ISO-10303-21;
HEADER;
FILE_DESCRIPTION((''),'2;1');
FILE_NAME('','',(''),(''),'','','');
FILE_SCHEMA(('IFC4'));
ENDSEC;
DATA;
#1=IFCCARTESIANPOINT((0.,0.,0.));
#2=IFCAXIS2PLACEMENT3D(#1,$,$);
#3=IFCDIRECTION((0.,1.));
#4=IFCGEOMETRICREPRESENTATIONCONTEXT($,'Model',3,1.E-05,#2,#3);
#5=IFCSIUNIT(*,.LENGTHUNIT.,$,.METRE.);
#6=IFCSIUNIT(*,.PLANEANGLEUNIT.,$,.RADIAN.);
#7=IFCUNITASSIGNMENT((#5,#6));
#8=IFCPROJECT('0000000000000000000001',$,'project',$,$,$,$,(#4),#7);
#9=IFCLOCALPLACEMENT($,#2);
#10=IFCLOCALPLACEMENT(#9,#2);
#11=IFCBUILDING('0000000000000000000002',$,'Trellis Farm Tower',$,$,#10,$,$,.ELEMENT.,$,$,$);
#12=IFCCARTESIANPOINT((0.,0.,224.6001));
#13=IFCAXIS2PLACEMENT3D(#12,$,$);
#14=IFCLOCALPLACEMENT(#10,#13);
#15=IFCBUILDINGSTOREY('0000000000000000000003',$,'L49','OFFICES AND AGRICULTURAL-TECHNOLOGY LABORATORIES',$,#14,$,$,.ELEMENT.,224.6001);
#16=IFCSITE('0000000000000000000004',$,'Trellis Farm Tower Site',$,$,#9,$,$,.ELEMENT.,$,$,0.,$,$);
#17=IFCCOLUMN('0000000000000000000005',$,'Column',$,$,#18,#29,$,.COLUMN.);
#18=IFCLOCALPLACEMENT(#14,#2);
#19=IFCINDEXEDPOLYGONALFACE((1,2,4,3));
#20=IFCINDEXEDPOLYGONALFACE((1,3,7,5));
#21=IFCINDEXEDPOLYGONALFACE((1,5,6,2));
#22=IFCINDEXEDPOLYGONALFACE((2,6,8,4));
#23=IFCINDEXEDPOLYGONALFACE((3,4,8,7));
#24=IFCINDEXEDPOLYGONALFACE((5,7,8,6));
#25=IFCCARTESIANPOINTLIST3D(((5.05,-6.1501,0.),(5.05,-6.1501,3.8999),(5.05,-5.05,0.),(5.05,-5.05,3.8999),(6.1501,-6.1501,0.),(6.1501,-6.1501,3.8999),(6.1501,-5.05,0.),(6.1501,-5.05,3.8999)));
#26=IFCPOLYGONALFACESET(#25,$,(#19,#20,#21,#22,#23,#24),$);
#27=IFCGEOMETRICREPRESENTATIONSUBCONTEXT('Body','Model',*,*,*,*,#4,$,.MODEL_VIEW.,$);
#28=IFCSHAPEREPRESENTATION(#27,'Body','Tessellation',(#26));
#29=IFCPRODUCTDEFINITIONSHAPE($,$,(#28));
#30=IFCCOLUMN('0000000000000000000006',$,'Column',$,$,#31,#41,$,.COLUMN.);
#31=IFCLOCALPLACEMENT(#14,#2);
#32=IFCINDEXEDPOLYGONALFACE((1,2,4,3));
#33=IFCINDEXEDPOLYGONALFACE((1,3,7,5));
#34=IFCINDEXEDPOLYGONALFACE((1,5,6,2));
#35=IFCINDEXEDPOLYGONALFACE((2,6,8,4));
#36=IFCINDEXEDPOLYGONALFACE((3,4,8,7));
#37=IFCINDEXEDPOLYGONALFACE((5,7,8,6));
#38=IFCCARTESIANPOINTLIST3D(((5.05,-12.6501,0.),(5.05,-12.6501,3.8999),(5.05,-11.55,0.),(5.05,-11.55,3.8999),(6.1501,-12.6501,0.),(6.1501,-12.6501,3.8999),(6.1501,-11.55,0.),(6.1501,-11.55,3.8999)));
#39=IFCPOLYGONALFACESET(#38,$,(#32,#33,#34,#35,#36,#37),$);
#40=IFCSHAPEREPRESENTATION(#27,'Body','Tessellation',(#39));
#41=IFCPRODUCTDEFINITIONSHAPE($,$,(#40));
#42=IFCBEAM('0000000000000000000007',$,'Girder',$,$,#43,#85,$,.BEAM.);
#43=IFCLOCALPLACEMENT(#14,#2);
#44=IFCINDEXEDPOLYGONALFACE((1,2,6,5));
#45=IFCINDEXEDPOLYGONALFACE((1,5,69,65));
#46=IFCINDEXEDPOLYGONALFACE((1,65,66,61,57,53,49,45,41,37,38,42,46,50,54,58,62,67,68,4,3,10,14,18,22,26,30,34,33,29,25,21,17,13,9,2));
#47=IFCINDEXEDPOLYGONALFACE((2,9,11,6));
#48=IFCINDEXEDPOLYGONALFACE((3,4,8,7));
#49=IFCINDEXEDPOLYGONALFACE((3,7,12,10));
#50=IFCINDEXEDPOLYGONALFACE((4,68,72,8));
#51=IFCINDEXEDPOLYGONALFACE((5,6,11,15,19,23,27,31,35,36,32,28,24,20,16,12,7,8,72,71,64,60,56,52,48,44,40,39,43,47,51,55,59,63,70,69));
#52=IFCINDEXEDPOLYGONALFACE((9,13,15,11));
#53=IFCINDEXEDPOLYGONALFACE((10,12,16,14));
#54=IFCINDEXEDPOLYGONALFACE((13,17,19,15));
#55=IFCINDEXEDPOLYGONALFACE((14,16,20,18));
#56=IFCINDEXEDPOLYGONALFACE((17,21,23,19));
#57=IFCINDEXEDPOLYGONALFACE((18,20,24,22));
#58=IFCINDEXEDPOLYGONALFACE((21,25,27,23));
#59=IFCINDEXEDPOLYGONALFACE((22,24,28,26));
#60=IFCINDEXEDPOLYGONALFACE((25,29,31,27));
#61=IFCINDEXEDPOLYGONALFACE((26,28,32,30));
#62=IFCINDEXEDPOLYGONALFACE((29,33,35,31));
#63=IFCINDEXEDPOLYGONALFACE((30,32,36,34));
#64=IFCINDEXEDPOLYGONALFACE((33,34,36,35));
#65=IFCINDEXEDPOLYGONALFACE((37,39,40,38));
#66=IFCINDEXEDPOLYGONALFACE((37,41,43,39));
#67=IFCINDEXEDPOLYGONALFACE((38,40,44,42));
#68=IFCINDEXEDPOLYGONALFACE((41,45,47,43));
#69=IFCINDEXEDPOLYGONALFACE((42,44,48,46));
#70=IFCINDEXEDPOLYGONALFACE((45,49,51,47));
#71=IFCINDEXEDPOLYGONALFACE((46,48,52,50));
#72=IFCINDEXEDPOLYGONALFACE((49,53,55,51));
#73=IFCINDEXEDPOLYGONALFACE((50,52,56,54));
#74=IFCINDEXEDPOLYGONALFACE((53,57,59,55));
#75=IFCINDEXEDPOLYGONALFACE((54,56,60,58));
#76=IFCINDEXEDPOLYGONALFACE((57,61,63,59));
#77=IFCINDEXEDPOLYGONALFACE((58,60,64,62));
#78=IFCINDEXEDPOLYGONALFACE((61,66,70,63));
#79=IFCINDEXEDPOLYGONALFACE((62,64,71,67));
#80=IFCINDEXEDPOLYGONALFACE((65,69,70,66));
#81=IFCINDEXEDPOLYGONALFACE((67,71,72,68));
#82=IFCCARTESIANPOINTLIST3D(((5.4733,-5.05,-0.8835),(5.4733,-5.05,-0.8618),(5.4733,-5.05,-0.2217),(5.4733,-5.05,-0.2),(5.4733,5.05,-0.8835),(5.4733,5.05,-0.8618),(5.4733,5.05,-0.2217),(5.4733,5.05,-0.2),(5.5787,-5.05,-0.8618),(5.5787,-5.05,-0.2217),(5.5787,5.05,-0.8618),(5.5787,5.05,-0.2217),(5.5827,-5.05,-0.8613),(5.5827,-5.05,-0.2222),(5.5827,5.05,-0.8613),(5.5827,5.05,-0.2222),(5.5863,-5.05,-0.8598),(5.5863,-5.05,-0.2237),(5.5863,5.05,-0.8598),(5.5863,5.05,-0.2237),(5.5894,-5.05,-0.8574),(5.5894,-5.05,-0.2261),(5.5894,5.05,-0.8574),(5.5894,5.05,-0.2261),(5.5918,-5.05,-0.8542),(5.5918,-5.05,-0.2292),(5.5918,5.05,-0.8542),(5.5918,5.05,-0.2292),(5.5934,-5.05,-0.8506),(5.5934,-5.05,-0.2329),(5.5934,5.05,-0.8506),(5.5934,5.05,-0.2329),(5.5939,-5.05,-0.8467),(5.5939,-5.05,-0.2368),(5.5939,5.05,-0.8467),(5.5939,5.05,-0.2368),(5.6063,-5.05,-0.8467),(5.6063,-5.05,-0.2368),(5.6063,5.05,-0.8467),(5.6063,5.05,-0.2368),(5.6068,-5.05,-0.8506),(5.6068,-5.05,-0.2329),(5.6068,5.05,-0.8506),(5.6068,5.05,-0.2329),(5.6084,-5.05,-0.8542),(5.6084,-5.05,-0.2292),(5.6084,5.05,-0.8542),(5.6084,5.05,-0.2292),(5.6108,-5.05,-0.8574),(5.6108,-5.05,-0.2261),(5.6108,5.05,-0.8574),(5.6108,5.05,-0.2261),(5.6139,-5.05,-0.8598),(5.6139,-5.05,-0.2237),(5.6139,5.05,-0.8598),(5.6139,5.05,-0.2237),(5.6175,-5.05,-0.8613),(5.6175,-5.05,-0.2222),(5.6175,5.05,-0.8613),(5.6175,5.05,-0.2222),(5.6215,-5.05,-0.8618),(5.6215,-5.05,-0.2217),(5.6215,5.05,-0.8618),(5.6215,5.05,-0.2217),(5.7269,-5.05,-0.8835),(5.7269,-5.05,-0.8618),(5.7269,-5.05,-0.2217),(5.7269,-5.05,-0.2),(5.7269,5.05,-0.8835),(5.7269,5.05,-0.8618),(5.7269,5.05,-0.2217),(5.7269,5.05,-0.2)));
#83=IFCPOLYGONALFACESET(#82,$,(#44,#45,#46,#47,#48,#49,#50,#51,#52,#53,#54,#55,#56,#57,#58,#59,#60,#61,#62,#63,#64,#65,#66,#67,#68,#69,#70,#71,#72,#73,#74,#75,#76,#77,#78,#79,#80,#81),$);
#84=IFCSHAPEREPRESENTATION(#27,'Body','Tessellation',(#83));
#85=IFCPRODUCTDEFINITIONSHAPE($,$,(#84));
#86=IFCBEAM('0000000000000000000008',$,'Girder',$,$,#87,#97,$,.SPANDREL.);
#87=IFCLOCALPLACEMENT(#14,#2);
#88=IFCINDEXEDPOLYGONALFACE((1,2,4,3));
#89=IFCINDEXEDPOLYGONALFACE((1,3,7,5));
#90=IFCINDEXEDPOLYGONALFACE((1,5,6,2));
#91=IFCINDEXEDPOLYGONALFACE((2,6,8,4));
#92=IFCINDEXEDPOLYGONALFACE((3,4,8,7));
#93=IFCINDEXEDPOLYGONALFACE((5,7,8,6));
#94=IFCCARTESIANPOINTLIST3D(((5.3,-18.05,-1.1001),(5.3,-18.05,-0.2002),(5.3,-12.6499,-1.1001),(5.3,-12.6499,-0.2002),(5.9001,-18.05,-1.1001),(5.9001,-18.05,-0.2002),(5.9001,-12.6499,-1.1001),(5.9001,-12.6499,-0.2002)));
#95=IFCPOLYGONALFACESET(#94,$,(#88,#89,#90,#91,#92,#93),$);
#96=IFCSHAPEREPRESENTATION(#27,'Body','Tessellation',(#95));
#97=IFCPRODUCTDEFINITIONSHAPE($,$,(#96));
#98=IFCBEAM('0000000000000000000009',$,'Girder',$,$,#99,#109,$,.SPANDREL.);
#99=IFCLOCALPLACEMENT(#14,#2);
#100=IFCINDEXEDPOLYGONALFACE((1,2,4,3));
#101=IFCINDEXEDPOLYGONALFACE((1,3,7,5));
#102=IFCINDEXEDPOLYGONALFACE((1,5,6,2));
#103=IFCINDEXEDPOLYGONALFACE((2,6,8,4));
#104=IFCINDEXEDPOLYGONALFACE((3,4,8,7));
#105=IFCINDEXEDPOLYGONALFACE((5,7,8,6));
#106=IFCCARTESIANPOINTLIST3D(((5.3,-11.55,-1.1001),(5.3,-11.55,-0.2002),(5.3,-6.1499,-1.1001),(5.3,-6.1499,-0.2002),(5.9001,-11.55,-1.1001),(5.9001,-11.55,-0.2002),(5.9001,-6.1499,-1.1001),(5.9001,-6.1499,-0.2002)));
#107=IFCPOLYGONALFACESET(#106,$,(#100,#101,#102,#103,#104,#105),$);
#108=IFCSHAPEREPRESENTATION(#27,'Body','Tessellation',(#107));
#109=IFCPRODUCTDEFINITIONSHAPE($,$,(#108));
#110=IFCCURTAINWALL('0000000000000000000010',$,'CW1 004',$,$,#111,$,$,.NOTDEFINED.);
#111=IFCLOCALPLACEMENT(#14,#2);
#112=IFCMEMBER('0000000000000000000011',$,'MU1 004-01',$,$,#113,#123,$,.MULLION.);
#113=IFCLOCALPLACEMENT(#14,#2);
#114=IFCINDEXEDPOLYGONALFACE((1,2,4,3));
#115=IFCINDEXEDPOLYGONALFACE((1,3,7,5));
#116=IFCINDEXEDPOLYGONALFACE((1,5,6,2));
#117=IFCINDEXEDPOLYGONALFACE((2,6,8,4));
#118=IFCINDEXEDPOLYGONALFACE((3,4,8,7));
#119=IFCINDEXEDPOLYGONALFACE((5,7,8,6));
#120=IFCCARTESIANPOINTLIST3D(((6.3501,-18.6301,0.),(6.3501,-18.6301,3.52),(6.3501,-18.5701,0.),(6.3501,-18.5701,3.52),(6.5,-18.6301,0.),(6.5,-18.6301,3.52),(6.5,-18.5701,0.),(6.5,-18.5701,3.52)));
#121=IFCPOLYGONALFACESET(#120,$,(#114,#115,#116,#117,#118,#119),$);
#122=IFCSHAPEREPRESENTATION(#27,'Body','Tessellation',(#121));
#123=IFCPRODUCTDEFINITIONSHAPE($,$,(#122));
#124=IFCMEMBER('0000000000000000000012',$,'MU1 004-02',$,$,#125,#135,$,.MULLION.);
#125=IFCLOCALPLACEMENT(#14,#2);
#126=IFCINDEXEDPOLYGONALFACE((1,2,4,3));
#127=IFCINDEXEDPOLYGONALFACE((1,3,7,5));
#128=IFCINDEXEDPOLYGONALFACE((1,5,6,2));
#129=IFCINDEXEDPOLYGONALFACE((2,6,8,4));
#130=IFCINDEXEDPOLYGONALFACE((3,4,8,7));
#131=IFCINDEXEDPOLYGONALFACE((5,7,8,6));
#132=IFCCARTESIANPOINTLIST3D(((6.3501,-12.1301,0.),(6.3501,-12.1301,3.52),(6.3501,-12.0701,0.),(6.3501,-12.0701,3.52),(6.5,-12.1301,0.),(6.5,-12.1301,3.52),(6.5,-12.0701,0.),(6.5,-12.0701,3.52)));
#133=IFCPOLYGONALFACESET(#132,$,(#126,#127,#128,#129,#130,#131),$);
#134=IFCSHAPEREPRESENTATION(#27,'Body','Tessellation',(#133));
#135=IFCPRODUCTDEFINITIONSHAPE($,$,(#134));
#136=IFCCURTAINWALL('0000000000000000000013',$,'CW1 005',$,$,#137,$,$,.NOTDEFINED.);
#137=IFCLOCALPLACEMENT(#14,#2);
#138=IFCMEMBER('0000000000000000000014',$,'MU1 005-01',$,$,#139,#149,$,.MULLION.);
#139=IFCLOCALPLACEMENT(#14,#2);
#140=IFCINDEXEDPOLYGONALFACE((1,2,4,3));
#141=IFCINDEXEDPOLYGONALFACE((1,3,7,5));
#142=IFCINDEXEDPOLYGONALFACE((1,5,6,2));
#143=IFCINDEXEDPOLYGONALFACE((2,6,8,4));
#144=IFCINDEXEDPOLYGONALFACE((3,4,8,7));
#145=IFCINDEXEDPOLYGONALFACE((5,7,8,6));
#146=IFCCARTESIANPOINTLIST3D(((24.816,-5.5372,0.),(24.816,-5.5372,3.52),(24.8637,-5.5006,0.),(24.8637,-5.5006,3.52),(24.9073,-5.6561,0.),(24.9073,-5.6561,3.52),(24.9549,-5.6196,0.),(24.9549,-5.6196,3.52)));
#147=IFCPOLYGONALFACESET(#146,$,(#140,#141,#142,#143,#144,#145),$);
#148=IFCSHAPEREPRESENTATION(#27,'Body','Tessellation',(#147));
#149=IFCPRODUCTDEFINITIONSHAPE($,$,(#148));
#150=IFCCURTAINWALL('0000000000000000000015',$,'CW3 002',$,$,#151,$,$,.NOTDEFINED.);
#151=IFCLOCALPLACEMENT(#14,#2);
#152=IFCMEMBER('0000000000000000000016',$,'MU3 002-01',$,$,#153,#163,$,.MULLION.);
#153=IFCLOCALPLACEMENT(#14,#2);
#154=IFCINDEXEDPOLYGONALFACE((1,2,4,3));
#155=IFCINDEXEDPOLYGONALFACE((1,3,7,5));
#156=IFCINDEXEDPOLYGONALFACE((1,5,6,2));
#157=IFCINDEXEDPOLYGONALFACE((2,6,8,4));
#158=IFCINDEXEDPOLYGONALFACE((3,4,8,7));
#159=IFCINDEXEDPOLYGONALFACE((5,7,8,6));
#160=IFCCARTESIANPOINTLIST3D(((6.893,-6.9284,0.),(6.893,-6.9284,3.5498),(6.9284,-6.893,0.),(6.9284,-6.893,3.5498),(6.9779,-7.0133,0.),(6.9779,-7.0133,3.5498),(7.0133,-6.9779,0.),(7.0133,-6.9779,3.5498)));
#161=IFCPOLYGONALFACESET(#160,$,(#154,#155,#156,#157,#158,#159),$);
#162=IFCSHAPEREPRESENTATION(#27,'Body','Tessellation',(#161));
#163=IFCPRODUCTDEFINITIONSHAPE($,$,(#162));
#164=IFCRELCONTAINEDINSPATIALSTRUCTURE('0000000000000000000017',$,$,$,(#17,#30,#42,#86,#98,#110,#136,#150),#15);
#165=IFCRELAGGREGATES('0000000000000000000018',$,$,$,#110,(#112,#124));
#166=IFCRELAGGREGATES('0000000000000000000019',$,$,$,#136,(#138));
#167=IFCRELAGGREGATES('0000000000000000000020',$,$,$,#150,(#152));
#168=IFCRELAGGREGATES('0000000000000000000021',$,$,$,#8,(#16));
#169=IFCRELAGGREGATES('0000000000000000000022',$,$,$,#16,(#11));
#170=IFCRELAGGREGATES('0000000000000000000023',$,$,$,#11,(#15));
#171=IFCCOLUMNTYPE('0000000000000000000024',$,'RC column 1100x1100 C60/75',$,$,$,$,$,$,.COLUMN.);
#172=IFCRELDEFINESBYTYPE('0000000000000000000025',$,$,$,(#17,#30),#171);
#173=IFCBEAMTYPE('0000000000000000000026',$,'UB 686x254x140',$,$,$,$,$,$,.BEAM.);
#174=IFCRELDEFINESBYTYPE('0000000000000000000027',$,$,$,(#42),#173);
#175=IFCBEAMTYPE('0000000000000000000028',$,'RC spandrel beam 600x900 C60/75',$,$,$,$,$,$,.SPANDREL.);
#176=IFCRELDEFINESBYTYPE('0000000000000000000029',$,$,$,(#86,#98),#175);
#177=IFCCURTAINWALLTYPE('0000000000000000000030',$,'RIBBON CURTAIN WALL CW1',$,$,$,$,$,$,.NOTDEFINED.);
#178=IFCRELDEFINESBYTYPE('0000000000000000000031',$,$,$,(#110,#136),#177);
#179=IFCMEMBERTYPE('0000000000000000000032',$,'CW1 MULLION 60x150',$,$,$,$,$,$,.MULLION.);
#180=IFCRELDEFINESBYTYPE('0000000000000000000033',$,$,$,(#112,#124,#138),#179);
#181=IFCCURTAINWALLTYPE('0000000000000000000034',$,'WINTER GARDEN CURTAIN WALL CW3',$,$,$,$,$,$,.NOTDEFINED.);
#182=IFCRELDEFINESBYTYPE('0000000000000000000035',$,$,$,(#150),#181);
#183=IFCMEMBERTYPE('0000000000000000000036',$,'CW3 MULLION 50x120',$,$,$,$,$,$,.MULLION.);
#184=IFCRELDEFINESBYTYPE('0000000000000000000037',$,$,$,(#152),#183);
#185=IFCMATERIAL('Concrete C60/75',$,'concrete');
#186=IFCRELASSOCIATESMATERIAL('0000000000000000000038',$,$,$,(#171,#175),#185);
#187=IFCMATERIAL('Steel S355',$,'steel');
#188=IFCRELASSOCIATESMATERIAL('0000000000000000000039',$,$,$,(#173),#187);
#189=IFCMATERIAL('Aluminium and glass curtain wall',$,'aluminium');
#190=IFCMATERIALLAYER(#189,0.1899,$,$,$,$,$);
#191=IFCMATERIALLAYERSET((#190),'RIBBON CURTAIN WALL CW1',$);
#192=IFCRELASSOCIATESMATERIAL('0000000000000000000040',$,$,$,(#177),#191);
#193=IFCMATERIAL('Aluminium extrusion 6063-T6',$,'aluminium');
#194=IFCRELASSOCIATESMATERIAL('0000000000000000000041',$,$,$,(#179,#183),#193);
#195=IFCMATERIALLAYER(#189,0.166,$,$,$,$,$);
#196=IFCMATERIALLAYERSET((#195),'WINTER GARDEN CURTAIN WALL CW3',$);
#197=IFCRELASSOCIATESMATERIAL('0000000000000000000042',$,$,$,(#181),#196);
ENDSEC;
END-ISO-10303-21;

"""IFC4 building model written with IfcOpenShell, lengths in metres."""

from ifc_helpers import new_model, si_unit, direction, frame, origin, origin_2d, place, context, subcontext, project, spatial, rectangle, i_section, extrude, source, transform, mapped, material, layer, layer_set, material_profile, profile_set, type_object, element, aggregate, save


model = new_model("IFC4")

# Units and contexts
model_context = context("Model", 3, precision=1e-05, world=origin(), true_north=direction((0.0, 1.0)))
body_context = subcontext(model_context, "Body", "Model", "MODEL_VIEW")
ifc_project = project(units=[si_unit("LENGTHUNIT", "METRE"), si_unit("PLANEANGLEUNIT", "RADIAN")], contexts=[model_context])

# Site, building, storey
site_placement = place(None, origin())
site = spatial("IfcSite", under=ifc_project, at=site_placement, Name="Trellis Farm Tower Site", CompositionType="ELEMENT", RefElevation=0.0)
building_placement = place(site_placement, origin())
building = spatial("IfcBuilding", under=site, at=building_placement, Name="Trellis Farm Tower", CompositionType="ELEMENT")
storey_placement = place(building_placement, frame((0.0, 0.0, 224.6001)))
storey = spatial("IfcBuildingStorey", under=building, at=storey_placement, Name="L49", Description="OFFICES AND AGRICULTURAL-TECHNOLOGY LABORATORIES", CompositionType="ELEMENT", Elevation=224.6001)

# Columns
ifc_material_1 = material(Name="Concrete C60/75", Category="concrete")
ifc_material_profile_1 = material_profile(ifc_material_1, rectangle(XDim=1.1001, YDim=1.1001, at=origin_2d()), Name="RC column 1100x1100 C60/75")
ifc_profile_set_1 = profile_set([ifc_material_profile_1], Name="Concrete C60/75")
column_type = type_object("IfcColumnType", Name="RC column 1100x1100 C60/75", PredefinedType="COLUMN", material=ifc_profile_set_1)
shared_shape_1 = source(origin(), body_context, "Body", "SweptSolid", [
    extrude(rectangle(XDim=1.1001, YDim=1.1001, at=origin_2d()), origin(), (0.0, 0.0, 1.0), 3.8999),
])
for number, where, z_axis, x_axis, name in (
    (1, (5.6001, -5.6001, 0.0), (0.0, 0.0, 1.0), (1.0, 0.0, 0.0), "Column"),
    (2, (5.6001, -12.1001, 0.0), (0.0, 0.0, 1.0), (1.0, 0.0, 0.0), "Column"),
):
    element("IfcColumn", number, at=place(storey_placement, frame(where, z_axis=z_axis, x_axis=x_axis)), inside=storey, type_object=column_type, Name=name, PredefinedType="COLUMN", context=body_context, shape_type="MappedRepresentation", body=[
        mapped(shared_shape_1, transform((0.0, 0.0, 0.0))),
    ])

# Beams
ifc_material_2 = material(Name="Steel S355", Category="steel")
ifc_material_profile_2 = material_profile(ifc_material_2, i_section(OverallWidth=0.2537, OverallDepth=0.6836, WebThickness=0.0125, FlangeThickness=0.0217, FilletRadius=0.0151, at=origin_2d()), Name="UB 686x254x140")
ifc_profile_set_2 = profile_set([ifc_material_profile_2], Name="Steel S355")
beam_type_1 = type_object("IfcBeamType", Name="UB 686x254x140", PredefinedType="BEAM", material=ifc_profile_set_2)
shared_shape_2 = source(origin(), body_context, "Body", "SweptSolid", [
    extrude(i_section(OverallWidth=0.2537, OverallDepth=0.6836, WebThickness=0.0125, FlangeThickness=0.0217, FilletRadius=0.0151, at=origin_2d()), origin(), (0.0, 0.0, 1.0), 10.1001),
])
beam_placement = place(storey_placement, frame((5.6001, -5.05, -0.5417), z_axis=(0.0, 1.0, 0.0), x_axis=(-1.0, 0.0, 0.0)))
element("IfcBeam", 3, at=beam_placement, inside=storey, type_object=beam_type_1, Name="Girder", PredefinedType="BEAM", context=body_context, shape_type="MappedRepresentation", body=[
    mapped(shared_shape_2, transform((0.0, 0.0, 0.0))),
])
ifc_material_profile_3 = material_profile(ifc_material_1, rectangle(XDim=0.6001, YDim=0.8999, at=origin_2d()), Name="RC spandrel beam 600x900 C60/75")
ifc_profile_set_3 = profile_set([ifc_material_profile_3], Name="Concrete C60/75")
beam_type_2 = type_object("IfcBeamType", Name="RC spandrel beam 600x900 C60/75", PredefinedType="SPANDREL", material=ifc_profile_set_3)
shared_shape_3 = source(origin(), body_context, "Body", "SweptSolid", [
    extrude(rectangle(XDim=0.6001, YDim=0.8999, at=origin_2d()), origin(), (0.0, 0.0, 1.0), 5.4001),
])
for number, where, z_axis, x_axis, name in (
    (4, (5.6001, -18.05, -0.6501), (0.0, 1.0, 0.0), (-1.0, 0.0, 0.0), "Girder"),
    (5, (5.6001, -11.55, -0.6501), (0.0, 1.0, 0.0), (-1.0, 0.0, 0.0), "Girder"),
):
    element("IfcBeam", number, at=place(storey_placement, frame(where, z_axis=z_axis, x_axis=x_axis)), inside=storey, type_object=beam_type_2, Name=name, PredefinedType="SPANDREL", context=body_context, shape_type="MappedRepresentation", body=[
        mapped(shared_shape_3, transform((0.0, 0.0, 0.0))),
    ])

# Curtain wall, members
ifc_material_3 = material(Name="Aluminium and glass curtain wall", Category="aluminium")
ifc_layer_1 = layer(ifc_material_3, 0.1899)
ifc_layer_set_1 = layer_set([ifc_layer_1], Name="RIBBON CURTAIN WALL CW1")
curtain_wall_type_1 = type_object("IfcCurtainWallType", Name="RIBBON CURTAIN WALL CW1", PredefinedType="NOTDEFINED", material=ifc_layer_set_1)
placement = place(storey_placement, origin())
curtain_wall_1 = element("IfcCurtainWall", 6, at=placement, inside=storey, type_object=curtain_wall_type_1, Name="CW1 004", PredefinedType="NOTDEFINED")
ifc_material_4 = material(Name="Aluminium extrusion 6063-T6", Category="aluminium")
ifc_material_profile_4 = material_profile(ifc_material_4, rectangle(XDim=0.0601, YDim=0.1499, at=origin_2d()), Name="MULLION 60x150")
ifc_profile_set_4 = profile_set([ifc_material_profile_4], Name="Aluminium extrusion 6063-T6")
member_type_1 = type_object("IfcMemberType", Name="CW1 MULLION 60x150", PredefinedType="MULLION", material=ifc_profile_set_4)
shared_shape_4 = source(origin(), body_context, "Body", "SweptSolid", [
    extrude(rectangle(XDim=0.0601, YDim=0.1499, at=origin_2d()), origin(), (0.0, 0.0, 1.0), 3.52),
])
member_1_placement = place(storey_placement, frame((6.425, -18.6001, 0.0), z_axis=(0.0, 0.0, 1.0), x_axis=(0.0, 1.0, 0.0)))
member_1 = element("IfcMember", 7, at=member_1_placement, type_object=member_type_1, Name="MU1 004-01", PredefinedType="MULLION", context=body_context, shape_type="MappedRepresentation", body=[
    mapped(shared_shape_4, transform((0.0, 0.0, 0.0))),
])
member_2_placement = place(storey_placement, frame((6.425, -12.1001, 0.0), z_axis=(0.0, 0.0, 1.0), x_axis=(0.0, 1.0, 0.0)))
member_2 = element("IfcMember", 8, at=member_2_placement, type_object=member_type_1, Name="MU1 004-02", PredefinedType="MULLION", context=body_context, shape_type="MappedRepresentation", body=[
    mapped(shared_shape_4, transform((0.0, 0.0, 0.0))),
])
aggregate(curtain_wall_1, [member_1, member_2])

# Curtain walls, members
curtain_wall_2 = element("IfcCurtainWall", 9, at=placement, inside=storey, type_object=curtain_wall_type_1, Name="CW1 005", PredefinedType="NOTDEFINED")
member_3_placement = place(storey_placement, frame((24.8855, -5.5784, 0.0), z_axis=(0.0, 0.0, 1.0), x_axis=(0.793353, 0.608761, 0.0)))
member_3 = element("IfcMember", 10, at=member_3_placement, type_object=member_type_1, Name="MU1 005-01", PredefinedType="MULLION", context=body_context, shape_type="MappedRepresentation", body=[
    mapped(shared_shape_4, transform((0.0, 0.0, 0.0))),
])
aggregate(curtain_wall_2, [member_3])
ifc_layer_2 = layer(ifc_material_3, 0.166)
ifc_layer_set_2 = layer_set([ifc_layer_2], Name="WINTER GARDEN CURTAIN WALL CW3")
curtain_wall_type_2 = type_object("IfcCurtainWallType", Name="WINTER GARDEN CURTAIN WALL CW3", PredefinedType="NOTDEFINED", material=ifc_layer_set_2)
curtain_wall_3 = element("IfcCurtainWall", 11, at=placement, inside=storey, type_object=curtain_wall_type_2, Name="CW3 002", PredefinedType="NOTDEFINED")
ifc_material_profile_5 = material_profile(ifc_material_4, rectangle(XDim=0.05, YDim=0.1201, at=origin_2d()), Name="MULLION 50x120")
ifc_profile_set_5 = profile_set([ifc_material_profile_5], Name="Aluminium extrusion 6063-T6")
member_type_2 = type_object("IfcMemberType", Name="CW3 MULLION 50x120", PredefinedType="MULLION", material=ifc_profile_set_5)
shared_shape_5 = source(origin(), body_context, "Body", "SweptSolid", [
    extrude(rectangle(XDim=0.05, YDim=0.1201, at=origin_2d()), origin(), (0.0, 0.0, 1.0), 3.5498),
])
member_4_placement = place(storey_placement, frame((6.9531, -6.9531, 0.0), z_axis=(0.0, 0.0, 1.0), x_axis=(0.707107, 0.707107, 0.0)))
member_4 = element("IfcMember", 12, at=member_4_placement, type_object=member_type_2, Name="MU3 002-01", PredefinedType="MULLION", context=body_context, shape_type="MappedRepresentation", body=[
    mapped(shared_shape_5, transform((0.0, 0.0, 0.0))),
])
aggregate(curtain_wall_3, [member_4])

save(model, "model.ifc")
